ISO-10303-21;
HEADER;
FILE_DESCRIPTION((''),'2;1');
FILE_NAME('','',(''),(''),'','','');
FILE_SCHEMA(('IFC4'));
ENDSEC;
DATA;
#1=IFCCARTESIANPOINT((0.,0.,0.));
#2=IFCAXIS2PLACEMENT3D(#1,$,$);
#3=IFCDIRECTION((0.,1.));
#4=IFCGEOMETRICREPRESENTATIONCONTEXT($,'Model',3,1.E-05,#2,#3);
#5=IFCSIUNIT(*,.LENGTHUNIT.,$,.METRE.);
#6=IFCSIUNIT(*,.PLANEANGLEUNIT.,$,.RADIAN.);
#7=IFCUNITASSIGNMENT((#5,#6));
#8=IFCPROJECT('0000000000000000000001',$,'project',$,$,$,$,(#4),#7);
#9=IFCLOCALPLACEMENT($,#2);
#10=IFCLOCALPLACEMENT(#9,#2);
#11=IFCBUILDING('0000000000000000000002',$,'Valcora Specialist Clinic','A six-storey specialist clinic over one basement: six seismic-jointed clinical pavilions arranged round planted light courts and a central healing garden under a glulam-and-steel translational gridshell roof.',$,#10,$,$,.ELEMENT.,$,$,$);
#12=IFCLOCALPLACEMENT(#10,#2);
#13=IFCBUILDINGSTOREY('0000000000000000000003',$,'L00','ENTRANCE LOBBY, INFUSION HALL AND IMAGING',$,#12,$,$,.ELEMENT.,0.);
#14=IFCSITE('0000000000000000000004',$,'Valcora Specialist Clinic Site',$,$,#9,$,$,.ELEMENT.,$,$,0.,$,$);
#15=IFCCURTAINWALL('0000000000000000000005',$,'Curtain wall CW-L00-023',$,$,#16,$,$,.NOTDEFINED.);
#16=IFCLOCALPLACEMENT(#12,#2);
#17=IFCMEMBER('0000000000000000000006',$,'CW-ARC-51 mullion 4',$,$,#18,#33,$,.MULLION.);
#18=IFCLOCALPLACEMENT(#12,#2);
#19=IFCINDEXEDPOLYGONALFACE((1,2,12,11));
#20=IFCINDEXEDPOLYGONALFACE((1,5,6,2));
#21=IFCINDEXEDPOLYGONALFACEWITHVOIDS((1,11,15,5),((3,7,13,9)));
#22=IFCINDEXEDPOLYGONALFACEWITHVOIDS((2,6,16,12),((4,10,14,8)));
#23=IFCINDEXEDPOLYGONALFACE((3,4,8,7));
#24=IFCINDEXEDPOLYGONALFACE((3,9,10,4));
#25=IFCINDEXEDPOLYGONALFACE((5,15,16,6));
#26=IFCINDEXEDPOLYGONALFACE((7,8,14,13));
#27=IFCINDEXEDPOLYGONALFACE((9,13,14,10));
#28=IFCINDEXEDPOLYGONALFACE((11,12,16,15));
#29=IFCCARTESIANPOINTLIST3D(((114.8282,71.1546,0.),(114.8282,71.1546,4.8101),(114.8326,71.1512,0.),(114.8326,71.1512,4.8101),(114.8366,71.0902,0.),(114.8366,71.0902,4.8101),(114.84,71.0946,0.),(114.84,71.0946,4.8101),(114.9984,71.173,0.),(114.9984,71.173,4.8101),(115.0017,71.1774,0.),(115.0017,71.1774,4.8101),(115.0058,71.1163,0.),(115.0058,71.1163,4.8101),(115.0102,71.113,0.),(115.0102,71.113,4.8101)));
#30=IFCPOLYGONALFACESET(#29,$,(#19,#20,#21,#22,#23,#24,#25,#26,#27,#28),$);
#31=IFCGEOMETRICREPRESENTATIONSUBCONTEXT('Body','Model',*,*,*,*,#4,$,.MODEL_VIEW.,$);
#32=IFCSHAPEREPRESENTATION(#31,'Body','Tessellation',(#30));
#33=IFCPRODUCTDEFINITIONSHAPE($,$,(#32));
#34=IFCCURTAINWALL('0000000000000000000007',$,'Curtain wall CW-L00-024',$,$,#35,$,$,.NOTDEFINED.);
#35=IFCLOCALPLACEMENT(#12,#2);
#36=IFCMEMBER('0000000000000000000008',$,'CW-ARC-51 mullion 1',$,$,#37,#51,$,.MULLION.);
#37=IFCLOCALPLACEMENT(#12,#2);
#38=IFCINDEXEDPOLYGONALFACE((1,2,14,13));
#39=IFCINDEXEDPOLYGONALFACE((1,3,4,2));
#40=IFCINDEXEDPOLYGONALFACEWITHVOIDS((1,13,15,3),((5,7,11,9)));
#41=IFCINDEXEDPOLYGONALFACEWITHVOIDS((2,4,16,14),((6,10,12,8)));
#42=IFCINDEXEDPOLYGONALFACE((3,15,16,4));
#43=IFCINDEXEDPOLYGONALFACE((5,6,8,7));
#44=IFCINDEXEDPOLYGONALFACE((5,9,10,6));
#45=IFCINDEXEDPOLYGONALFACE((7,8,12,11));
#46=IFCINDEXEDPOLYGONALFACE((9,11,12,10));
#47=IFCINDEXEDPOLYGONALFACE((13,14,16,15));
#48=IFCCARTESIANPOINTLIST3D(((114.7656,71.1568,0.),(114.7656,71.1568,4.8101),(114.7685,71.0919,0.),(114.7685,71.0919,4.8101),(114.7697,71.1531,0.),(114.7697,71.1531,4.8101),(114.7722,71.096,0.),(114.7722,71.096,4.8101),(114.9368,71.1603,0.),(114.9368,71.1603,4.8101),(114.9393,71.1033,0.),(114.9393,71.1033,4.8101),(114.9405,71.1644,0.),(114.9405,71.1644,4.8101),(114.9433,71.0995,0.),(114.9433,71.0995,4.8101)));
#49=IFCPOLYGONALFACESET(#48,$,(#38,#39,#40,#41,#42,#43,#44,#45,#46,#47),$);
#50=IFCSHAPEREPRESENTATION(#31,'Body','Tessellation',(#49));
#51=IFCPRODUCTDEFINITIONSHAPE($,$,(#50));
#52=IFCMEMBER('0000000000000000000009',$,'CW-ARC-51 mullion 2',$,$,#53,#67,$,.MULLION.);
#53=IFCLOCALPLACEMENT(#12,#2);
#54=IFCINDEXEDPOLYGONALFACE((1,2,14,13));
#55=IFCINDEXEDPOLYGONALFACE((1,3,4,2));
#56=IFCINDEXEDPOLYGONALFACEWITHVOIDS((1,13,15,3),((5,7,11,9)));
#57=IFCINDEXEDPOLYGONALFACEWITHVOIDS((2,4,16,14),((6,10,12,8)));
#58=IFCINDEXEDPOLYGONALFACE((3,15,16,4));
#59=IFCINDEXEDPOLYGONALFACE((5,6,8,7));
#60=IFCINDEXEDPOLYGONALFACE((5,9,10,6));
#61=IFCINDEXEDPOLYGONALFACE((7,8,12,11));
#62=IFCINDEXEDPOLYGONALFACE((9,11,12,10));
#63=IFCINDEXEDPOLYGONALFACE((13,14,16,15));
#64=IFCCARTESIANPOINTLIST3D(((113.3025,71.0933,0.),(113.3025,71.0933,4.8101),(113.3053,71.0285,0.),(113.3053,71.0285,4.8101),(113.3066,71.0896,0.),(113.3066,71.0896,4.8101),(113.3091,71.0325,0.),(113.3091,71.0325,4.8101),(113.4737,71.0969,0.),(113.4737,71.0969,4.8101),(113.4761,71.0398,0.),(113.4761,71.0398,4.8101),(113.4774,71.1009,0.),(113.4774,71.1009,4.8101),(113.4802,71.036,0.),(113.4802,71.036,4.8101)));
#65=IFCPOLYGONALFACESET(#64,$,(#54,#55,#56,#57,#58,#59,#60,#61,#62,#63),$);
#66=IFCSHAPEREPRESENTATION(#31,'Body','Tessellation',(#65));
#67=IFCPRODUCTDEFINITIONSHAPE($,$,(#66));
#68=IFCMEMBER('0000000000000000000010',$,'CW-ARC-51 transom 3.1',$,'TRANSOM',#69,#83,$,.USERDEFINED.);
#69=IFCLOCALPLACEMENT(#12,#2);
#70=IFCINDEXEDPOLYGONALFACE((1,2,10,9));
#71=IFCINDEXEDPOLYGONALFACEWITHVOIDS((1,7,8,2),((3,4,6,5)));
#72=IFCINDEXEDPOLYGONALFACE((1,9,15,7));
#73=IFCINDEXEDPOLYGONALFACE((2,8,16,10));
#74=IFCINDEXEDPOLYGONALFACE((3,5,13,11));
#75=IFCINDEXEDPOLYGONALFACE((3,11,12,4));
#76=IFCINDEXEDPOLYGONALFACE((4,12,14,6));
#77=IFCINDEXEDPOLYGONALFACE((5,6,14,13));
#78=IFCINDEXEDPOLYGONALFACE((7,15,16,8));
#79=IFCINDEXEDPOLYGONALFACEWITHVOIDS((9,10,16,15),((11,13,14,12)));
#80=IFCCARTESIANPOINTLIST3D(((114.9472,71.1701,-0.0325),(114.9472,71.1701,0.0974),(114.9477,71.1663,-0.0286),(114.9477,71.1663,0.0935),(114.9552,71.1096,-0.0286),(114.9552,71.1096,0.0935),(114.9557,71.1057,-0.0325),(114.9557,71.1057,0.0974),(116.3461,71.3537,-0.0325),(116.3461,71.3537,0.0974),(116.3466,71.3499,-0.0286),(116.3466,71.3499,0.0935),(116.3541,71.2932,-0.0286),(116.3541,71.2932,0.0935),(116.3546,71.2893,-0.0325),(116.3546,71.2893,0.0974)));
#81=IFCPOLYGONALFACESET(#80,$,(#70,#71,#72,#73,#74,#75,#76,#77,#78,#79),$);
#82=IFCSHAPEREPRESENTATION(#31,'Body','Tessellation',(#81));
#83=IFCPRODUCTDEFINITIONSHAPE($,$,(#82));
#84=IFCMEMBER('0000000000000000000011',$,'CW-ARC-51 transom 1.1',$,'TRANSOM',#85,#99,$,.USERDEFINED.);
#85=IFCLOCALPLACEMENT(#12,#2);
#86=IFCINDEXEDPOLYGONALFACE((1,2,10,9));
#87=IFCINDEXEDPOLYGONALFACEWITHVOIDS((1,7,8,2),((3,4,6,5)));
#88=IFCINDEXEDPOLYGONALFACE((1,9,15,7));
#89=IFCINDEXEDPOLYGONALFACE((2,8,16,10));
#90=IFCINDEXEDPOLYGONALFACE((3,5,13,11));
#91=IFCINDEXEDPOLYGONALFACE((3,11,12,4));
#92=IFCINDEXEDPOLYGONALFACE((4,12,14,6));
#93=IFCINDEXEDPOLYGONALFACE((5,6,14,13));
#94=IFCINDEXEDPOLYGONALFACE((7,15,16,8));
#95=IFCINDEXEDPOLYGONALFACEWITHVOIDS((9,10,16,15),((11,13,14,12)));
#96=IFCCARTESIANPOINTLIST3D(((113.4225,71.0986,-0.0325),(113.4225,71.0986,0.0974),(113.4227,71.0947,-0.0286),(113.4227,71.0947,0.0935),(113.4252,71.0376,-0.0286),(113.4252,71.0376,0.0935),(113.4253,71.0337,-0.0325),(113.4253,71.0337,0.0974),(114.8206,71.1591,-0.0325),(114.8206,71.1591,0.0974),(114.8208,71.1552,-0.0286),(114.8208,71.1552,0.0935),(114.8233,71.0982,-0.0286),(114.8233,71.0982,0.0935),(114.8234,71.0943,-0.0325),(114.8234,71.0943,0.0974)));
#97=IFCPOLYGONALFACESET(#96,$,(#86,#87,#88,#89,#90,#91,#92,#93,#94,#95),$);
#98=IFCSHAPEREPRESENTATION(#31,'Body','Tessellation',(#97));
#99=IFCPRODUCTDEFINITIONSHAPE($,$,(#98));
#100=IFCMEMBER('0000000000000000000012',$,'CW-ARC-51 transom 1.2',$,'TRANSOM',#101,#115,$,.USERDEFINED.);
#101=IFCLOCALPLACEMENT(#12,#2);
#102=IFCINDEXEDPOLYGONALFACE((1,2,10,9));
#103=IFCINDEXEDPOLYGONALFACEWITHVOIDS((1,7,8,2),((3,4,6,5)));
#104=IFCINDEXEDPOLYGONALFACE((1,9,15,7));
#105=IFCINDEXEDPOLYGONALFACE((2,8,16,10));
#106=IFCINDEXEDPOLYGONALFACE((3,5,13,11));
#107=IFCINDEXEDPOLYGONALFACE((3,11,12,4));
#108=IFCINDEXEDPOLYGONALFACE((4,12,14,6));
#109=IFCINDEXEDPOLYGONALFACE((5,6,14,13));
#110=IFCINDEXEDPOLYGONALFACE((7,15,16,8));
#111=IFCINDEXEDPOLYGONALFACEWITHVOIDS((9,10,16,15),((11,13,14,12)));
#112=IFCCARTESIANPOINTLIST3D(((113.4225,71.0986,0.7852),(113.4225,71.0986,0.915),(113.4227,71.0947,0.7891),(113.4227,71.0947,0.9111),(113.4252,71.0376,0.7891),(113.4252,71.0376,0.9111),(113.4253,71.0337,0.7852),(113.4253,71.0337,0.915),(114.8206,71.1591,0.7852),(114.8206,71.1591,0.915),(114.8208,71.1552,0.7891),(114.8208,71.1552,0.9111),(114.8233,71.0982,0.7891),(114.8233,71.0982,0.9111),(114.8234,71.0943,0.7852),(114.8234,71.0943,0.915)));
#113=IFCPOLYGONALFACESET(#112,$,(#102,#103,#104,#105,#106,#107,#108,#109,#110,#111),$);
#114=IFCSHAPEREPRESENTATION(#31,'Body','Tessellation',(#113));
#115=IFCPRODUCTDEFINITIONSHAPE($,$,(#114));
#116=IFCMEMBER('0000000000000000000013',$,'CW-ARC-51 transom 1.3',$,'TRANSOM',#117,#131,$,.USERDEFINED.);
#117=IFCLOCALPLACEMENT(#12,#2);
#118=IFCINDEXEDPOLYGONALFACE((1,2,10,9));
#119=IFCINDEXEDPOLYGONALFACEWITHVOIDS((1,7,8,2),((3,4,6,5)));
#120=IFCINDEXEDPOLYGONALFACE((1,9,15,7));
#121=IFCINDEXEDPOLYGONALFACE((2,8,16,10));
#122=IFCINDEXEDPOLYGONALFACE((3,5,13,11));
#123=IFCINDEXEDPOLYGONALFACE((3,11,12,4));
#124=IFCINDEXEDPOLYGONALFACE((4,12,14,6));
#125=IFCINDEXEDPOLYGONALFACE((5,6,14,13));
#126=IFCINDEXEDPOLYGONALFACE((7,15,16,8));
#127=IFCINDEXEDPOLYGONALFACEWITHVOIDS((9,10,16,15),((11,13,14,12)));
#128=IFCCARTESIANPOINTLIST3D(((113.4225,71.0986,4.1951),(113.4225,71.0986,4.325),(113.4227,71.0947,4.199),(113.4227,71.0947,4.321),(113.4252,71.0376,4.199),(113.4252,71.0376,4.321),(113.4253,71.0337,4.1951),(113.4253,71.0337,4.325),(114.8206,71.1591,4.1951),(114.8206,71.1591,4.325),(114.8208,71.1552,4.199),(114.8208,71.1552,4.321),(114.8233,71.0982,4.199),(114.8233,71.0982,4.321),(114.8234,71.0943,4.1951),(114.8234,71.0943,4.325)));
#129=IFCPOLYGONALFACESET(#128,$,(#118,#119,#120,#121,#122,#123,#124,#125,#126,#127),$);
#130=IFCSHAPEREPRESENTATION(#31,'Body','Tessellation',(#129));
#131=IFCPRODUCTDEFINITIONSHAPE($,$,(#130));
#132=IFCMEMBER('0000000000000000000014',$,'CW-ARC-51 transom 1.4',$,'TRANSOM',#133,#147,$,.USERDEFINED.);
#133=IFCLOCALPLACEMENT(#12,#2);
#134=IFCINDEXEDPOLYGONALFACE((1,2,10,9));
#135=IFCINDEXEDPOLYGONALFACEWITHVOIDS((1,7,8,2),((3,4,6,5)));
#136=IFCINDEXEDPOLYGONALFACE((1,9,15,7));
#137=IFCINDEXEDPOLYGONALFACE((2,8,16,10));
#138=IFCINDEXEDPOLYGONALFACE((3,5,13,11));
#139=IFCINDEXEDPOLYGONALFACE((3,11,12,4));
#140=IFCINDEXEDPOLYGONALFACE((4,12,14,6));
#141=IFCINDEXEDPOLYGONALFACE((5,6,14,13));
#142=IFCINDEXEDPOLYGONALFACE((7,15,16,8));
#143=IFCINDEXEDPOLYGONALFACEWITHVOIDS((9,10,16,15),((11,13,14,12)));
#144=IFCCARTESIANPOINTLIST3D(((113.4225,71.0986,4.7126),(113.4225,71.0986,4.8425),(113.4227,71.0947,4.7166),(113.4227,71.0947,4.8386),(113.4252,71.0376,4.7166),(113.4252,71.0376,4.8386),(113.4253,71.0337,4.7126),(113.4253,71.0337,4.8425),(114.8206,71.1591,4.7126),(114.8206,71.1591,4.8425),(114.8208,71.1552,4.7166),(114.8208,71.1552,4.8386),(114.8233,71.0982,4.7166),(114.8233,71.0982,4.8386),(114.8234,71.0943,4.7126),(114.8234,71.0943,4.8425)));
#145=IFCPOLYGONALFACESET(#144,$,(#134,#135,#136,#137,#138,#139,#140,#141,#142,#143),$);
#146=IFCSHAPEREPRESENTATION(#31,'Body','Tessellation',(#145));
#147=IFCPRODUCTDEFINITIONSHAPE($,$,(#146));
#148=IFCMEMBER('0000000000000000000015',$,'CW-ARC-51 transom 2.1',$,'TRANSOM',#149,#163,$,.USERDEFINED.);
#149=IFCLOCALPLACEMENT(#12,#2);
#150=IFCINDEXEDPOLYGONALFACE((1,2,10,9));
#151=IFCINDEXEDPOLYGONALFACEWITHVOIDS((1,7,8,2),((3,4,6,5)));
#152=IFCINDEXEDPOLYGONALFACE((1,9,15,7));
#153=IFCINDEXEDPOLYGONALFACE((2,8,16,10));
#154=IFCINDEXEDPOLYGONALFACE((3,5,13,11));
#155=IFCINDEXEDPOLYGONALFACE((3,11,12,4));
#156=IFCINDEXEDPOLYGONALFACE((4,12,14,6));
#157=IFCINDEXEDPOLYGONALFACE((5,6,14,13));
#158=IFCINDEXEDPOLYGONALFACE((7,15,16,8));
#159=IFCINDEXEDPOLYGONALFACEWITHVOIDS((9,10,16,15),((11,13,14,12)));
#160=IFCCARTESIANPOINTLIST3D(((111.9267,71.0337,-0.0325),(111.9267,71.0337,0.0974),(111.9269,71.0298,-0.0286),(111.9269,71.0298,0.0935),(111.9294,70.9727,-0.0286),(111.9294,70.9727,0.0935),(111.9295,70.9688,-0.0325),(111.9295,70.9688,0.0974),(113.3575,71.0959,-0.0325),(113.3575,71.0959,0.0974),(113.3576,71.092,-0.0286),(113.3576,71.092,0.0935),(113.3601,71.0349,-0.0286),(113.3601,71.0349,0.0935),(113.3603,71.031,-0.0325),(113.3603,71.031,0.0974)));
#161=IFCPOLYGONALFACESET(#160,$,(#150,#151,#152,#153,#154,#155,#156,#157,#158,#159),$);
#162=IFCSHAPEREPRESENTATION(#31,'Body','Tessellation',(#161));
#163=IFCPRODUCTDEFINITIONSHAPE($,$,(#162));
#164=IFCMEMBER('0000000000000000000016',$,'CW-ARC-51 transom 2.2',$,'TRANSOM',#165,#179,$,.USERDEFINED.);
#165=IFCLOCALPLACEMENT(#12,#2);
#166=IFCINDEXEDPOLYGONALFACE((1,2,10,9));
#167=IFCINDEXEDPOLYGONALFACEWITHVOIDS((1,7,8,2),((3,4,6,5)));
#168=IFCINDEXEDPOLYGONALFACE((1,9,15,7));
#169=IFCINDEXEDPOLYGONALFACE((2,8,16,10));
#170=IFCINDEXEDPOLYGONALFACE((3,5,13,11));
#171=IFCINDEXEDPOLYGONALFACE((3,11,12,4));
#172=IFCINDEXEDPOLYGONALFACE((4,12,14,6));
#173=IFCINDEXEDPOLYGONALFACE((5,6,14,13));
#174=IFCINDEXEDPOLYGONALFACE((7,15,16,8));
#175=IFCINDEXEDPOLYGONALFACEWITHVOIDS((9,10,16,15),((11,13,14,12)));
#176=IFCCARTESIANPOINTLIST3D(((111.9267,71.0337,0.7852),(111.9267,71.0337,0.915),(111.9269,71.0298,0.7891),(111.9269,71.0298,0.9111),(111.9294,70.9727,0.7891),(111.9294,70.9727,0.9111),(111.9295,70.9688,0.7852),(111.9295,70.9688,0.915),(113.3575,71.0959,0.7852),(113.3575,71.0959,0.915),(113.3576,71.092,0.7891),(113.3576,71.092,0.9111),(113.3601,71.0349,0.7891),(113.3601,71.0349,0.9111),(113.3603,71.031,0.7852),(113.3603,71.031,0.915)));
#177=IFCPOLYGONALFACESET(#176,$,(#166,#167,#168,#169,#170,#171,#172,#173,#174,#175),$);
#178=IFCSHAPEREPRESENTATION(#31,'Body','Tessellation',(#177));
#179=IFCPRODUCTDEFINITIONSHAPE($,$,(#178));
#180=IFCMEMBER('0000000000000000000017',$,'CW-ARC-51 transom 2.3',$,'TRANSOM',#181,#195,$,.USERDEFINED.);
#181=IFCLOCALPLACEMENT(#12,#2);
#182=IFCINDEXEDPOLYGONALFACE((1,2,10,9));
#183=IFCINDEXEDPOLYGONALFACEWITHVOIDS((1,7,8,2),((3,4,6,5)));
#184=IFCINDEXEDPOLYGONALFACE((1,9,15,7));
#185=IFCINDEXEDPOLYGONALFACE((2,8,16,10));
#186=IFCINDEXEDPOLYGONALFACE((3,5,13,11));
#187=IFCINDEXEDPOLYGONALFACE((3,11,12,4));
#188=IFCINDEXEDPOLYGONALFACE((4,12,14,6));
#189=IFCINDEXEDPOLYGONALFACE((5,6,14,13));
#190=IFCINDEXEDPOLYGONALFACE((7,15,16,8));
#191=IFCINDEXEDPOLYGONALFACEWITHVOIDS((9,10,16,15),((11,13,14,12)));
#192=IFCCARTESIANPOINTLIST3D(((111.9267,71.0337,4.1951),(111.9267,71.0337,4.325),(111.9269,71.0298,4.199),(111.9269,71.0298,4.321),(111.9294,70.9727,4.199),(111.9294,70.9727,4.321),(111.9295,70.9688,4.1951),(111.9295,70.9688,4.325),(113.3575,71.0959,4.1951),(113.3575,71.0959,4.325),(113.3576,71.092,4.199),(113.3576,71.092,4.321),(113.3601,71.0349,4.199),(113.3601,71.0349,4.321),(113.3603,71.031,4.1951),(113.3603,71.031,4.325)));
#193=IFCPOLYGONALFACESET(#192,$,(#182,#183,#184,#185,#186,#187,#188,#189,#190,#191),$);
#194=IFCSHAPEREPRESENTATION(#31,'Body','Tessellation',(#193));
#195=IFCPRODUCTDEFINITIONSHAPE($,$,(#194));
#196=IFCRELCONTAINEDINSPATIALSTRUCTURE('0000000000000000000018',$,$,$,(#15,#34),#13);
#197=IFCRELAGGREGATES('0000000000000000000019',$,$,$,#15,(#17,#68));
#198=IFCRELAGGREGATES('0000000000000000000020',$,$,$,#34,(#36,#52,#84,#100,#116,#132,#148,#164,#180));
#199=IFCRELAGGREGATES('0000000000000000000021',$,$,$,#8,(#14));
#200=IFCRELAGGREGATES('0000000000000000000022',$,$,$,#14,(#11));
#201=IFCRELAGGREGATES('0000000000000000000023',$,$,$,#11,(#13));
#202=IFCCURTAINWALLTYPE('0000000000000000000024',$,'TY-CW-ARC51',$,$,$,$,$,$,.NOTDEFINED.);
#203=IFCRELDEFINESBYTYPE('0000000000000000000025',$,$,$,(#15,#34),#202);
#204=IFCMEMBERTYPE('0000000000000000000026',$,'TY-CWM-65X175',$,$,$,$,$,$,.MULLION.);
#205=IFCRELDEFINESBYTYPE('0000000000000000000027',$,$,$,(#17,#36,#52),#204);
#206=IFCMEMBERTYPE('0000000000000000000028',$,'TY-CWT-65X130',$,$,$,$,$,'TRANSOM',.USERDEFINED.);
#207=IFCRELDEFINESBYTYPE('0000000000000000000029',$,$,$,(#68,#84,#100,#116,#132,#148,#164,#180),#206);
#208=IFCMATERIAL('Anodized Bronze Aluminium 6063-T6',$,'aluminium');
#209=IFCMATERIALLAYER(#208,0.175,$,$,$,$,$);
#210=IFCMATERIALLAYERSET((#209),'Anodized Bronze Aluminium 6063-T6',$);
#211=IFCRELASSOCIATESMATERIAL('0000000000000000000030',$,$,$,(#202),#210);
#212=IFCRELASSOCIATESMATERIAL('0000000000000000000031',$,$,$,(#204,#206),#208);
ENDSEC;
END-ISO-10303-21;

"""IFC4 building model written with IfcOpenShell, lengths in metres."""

from ifc_helpers import new_model, si_unit, direction, frame, origin, origin_2d, place, context, subcontext, project, spatial, hollow_rectangle, extrude, material, layer, layer_set, material_profile, profile_set, type_object, element, aggregate, save


model = new_model("IFC4")

# Units and contexts
model_context = context("Model", 3, precision=1e-05, world=origin(), true_north=direction((0.0, 1.0)))
body_context = subcontext(model_context, "Body", "Model", "MODEL_VIEW")
ifc_project = project(units=[si_unit("LENGTHUNIT", "METRE"), si_unit("PLANEANGLEUNIT", "RADIAN")], contexts=[model_context])

# Site, building, storey
site_placement = place(None, origin())
site = spatial("IfcSite", under=ifc_project, at=site_placement, Name="Valcora Specialist Clinic Site", CompositionType="ELEMENT", RefElevation=0.0)
building_placement = place(site_placement, origin())
building = spatial("IfcBuilding", under=site, at=building_placement, Name="Valcora Specialist Clinic", Description="A six-storey specialist clinic over one basement: six seismic-jointed clinical pavilions arranged round planted light courts and a central healing garden under a glulam-and-steel translational gridshell roof.", CompositionType="ELEMENT")
storey_placement = place(building_placement, origin())
storey = spatial("IfcBuildingStorey", under=building, at=storey_placement, Name="L00", Description="ENTRANCE LOBBY, INFUSION HALL AND IMAGING", CompositionType="ELEMENT", Elevation=0.0)

# Curtain wall, member
ifc_material_1 = material(Name="Anodized Bronze Aluminium 6063-T6", Category="aluminium")
ifc_layer_1 = layer(ifc_material_1, 0.175)
ifc_layer_set_1 = layer_set([ifc_layer_1], Name="Anodized Bronze Aluminium 6063-T6")
curtain_wall_type = type_object("IfcCurtainWallType", Name="TY-CW-ARC51", PredefinedType="NOTDEFINED", material=ifc_layer_set_1)
curtain_wall_1_placement = place(storey_placement, origin())
curtain_wall_1 = element("IfcCurtainWall", 1, at=curtain_wall_1_placement, inside=storey, type_object=curtain_wall_type, Name="Curtain wall CW-L00-023", PredefinedType="NOTDEFINED")
ifc_material_profile_1 = material_profile(ifc_material_1, hollow_rectangle(XDim=0.0649, YDim=0.175, WallThickness=0.0039, at=origin_2d()), Name="AL-MUL-65X175")
ifc_profile_set_1 = profile_set([ifc_material_profile_1], Name="Anodized Bronze Aluminium 6063-T6")
member_type_1 = type_object("IfcMemberType", Name="TY-CWM-65X175", PredefinedType="MULLION", material=ifc_profile_set_1)
member_1_placement = place(storey_placement, frame((114.9192, 71.1338, 0.0), z_axis=(0.0, 0.0, 1.0), x_axis=(0.129999, -0.991514, 0.0)))
member_1 = element("IfcMember", 2, at=member_1_placement, type_object=member_type_1, Name="CW-ARC-51 mullion 4", PredefinedType="MULLION", context=body_context, shape_type="SweptSolid", body=[
    extrude(hollow_rectangle(XDim=0.0649, YDim=0.175, WallThickness=0.0039, at=origin_2d()), origin(), (0.0, 0.0, 1.0), 4.8101),
])

# Curtain wall, members
curtain_wall_2_placement = place(storey_placement, origin())
curtain_wall_2 = element("IfcCurtainWall", 3, at=curtain_wall_2_placement, inside=storey, type_object=curtain_wall_type, Name="Curtain wall CW-L00-024", PredefinedType="NOTDEFINED")
member_2_placement = place(storey_placement, frame((114.8545, 71.1282, 0.0), z_axis=(0.0, 0.0, 1.0), x_axis=(0.043307, -0.999062, 0.0)))
member_2 = element("IfcMember", 4, at=member_2_placement, type_object=member_type_1, Name="CW-ARC-51 mullion 1", PredefinedType="MULLION", context=body_context, shape_type="SweptSolid", body=[
    extrude(hollow_rectangle(XDim=0.0649, YDim=0.175, WallThickness=0.0039, at=origin_2d()), origin(), (0.0, 0.0, 1.0), 4.8101),
])
member_3_placement = place(storey_placement, frame((113.3914, 71.0647, 0.0), z_axis=(0.0, 0.0, 1.0), x_axis=(0.043307, -0.999062, 0.0)))
member_3 = element("IfcMember", 5, at=member_3_placement, type_object=member_type_1, Name="CW-ARC-51 mullion 2", PredefinedType="MULLION", context=body_context, shape_type="SweptSolid", body=[
    extrude(hollow_rectangle(XDim=0.0649, YDim=0.175, WallThickness=0.0039, at=origin_2d()), origin(), (0.0, 0.0, 1.0), 4.8101),
])

# Members
ifc_material_profile_2 = material_profile(ifc_material_1, hollow_rectangle(XDim=0.0649, YDim=0.1299, WallThickness=0.0039, at=origin_2d()), Name="AL-TRN-65X130")
ifc_profile_set_2 = profile_set([ifc_material_profile_2], Name="Anodized Bronze Aluminium 6063-T6")
member_type_2 = type_object("IfcMemberType", Name="TY-CWT-65X130", ElementType="TRANSOM", PredefinedType="USERDEFINED", material=ifc_profile_set_2)
member_4_placement = place(storey_placement, frame((116.3503, 71.3215, 0.0325), z_axis=(-0.991498, -0.130123, 0.0), x_axis=(0.130123, -0.991498, 0.0)))
member_4 = element("IfcMember", 6, at=member_4_placement, type_object=member_type_2, Name="CW-ARC-51 transom 3.1", ObjectType="TRANSOM", PredefinedType="USERDEFINED", context=body_context, shape_type="SweptSolid", body=[
    extrude(hollow_rectangle(XDim=0.0649, YDim=0.1299, WallThickness=0.0039, at=origin_2d()), origin(), (0.0, 0.0, 1.0), 1.4109),
])
member_5_placement = place(storey_placement, frame((114.822, 71.1267, 0.0325), z_axis=(-0.999064, -0.043263, 0.0), x_axis=(0.043263, -0.999064, 0.0)))
member_5 = element("IfcMember", 7, at=member_5_placement, type_object=member_type_2, Name="CW-ARC-51 transom 1.1", ObjectType="TRANSOM", PredefinedType="USERDEFINED", context=body_context, shape_type="SweptSolid", body=[
    extrude(hollow_rectangle(XDim=0.0649, YDim=0.1299, WallThickness=0.0039, at=origin_2d()), origin(), (0.0, 0.0, 1.0), 1.3994),
])
member_6_placement = place(storey_placement, frame((114.822, 71.1267, 0.8501), z_axis=(-0.999064, -0.043263, 0.0), x_axis=(0.043263, -0.999064, 0.0)))
member_6 = element("IfcMember", 8, at=member_6_placement, type_object=member_type_2, Name="CW-ARC-51 transom 1.2", ObjectType="TRANSOM", PredefinedType="USERDEFINED", context=body_context, shape_type="SweptSolid", body=[
    extrude(hollow_rectangle(XDim=0.0649, YDim=0.1299, WallThickness=0.0039, at=origin_2d()), origin(), (0.0, 0.0, 1.0), 1.3994),
])
member_7_placement = place(storey_placement, frame((114.822, 71.1267, 4.26), z_axis=(-0.999064, -0.043263, 0.0), x_axis=(0.043263, -0.999064, 0.0)))
member_7 = element("IfcMember", 9, at=member_7_placement, type_object=member_type_2, Name="CW-ARC-51 transom 1.3", ObjectType="TRANSOM", PredefinedType="USERDEFINED", context=body_context, shape_type="SweptSolid", body=[
    extrude(hollow_rectangle(XDim=0.0649, YDim=0.1299, WallThickness=0.0039, at=origin_2d()), origin(), (0.0, 0.0, 1.0), 1.3994),
])
member_8_placement = place(storey_placement, frame((114.822, 71.1267, 4.7776), z_axis=(-0.999064, -0.043263, 0.0), x_axis=(0.043263, -0.999064, 0.0)))
member_8 = element("IfcMember", 10, at=member_8_placement, type_object=member_type_2, Name="CW-ARC-51 transom 1.4", ObjectType="TRANSOM", PredefinedType="USERDEFINED", context=body_context, shape_type="SweptSolid", body=[
    extrude(hollow_rectangle(XDim=0.0649, YDim=0.1299, WallThickness=0.0039, at=origin_2d()), origin(), (0.0, 0.0, 1.0), 1.3994),
])
member_9_placement = place(storey_placement, frame((113.3589, 71.0635, 0.0325), z_axis=(-0.999055, -0.043474, 0.0), x_axis=(0.043474, -0.999055, 0.0)))
member_9 = element("IfcMember", 11, at=member_9_placement, type_object=member_type_2, Name="CW-ARC-51 transom 2.1", ObjectType="TRANSOM", PredefinedType="USERDEFINED", context=body_context, shape_type="SweptSolid", body=[
    extrude(hollow_rectangle(XDim=0.0649, YDim=0.1299, WallThickness=0.0039, at=origin_2d()), origin(), (0.0, 0.0, 1.0), 1.4321),
])
member_10_placement = place(storey_placement, frame((113.3589, 71.0635, 0.8501), z_axis=(-0.999055, -0.043474, 0.0), x_axis=(0.043474, -0.999055, 0.0)))
member_10 = element("IfcMember", 12, at=member_10_placement, type_object=member_type_2, Name="CW-ARC-51 transom 2.2", ObjectType="TRANSOM", PredefinedType="USERDEFINED", context=body_context, shape_type="SweptSolid", body=[
    extrude(hollow_rectangle(XDim=0.0649, YDim=0.1299, WallThickness=0.0039, at=origin_2d()), origin(), (0.0, 0.0, 1.0), 1.4321),
])
member_11_placement = place(storey_placement, frame((113.3589, 71.0635, 4.26), z_axis=(-0.999055, -0.043474, 0.0), x_axis=(0.043474, -0.999055, 0.0)))
member_11 = element("IfcMember", 13, at=member_11_placement, type_object=member_type_2, Name="CW-ARC-51 transom 2.3", ObjectType="TRANSOM", PredefinedType="USERDEFINED", context=body_context, shape_type="SweptSolid", body=[
    extrude(hollow_rectangle(XDim=0.0649, YDim=0.1299, WallThickness=0.0039, at=origin_2d()), origin(), (0.0, 0.0, 1.0), 1.4321),
])

aggregate(curtain_wall_1, [member_1, member_4])
aggregate(curtain_wall_2, [member_2, member_3, member_5, member_6, member_7, member_8, member_9, member_10, member_11])

save(model, "model.ifc")
